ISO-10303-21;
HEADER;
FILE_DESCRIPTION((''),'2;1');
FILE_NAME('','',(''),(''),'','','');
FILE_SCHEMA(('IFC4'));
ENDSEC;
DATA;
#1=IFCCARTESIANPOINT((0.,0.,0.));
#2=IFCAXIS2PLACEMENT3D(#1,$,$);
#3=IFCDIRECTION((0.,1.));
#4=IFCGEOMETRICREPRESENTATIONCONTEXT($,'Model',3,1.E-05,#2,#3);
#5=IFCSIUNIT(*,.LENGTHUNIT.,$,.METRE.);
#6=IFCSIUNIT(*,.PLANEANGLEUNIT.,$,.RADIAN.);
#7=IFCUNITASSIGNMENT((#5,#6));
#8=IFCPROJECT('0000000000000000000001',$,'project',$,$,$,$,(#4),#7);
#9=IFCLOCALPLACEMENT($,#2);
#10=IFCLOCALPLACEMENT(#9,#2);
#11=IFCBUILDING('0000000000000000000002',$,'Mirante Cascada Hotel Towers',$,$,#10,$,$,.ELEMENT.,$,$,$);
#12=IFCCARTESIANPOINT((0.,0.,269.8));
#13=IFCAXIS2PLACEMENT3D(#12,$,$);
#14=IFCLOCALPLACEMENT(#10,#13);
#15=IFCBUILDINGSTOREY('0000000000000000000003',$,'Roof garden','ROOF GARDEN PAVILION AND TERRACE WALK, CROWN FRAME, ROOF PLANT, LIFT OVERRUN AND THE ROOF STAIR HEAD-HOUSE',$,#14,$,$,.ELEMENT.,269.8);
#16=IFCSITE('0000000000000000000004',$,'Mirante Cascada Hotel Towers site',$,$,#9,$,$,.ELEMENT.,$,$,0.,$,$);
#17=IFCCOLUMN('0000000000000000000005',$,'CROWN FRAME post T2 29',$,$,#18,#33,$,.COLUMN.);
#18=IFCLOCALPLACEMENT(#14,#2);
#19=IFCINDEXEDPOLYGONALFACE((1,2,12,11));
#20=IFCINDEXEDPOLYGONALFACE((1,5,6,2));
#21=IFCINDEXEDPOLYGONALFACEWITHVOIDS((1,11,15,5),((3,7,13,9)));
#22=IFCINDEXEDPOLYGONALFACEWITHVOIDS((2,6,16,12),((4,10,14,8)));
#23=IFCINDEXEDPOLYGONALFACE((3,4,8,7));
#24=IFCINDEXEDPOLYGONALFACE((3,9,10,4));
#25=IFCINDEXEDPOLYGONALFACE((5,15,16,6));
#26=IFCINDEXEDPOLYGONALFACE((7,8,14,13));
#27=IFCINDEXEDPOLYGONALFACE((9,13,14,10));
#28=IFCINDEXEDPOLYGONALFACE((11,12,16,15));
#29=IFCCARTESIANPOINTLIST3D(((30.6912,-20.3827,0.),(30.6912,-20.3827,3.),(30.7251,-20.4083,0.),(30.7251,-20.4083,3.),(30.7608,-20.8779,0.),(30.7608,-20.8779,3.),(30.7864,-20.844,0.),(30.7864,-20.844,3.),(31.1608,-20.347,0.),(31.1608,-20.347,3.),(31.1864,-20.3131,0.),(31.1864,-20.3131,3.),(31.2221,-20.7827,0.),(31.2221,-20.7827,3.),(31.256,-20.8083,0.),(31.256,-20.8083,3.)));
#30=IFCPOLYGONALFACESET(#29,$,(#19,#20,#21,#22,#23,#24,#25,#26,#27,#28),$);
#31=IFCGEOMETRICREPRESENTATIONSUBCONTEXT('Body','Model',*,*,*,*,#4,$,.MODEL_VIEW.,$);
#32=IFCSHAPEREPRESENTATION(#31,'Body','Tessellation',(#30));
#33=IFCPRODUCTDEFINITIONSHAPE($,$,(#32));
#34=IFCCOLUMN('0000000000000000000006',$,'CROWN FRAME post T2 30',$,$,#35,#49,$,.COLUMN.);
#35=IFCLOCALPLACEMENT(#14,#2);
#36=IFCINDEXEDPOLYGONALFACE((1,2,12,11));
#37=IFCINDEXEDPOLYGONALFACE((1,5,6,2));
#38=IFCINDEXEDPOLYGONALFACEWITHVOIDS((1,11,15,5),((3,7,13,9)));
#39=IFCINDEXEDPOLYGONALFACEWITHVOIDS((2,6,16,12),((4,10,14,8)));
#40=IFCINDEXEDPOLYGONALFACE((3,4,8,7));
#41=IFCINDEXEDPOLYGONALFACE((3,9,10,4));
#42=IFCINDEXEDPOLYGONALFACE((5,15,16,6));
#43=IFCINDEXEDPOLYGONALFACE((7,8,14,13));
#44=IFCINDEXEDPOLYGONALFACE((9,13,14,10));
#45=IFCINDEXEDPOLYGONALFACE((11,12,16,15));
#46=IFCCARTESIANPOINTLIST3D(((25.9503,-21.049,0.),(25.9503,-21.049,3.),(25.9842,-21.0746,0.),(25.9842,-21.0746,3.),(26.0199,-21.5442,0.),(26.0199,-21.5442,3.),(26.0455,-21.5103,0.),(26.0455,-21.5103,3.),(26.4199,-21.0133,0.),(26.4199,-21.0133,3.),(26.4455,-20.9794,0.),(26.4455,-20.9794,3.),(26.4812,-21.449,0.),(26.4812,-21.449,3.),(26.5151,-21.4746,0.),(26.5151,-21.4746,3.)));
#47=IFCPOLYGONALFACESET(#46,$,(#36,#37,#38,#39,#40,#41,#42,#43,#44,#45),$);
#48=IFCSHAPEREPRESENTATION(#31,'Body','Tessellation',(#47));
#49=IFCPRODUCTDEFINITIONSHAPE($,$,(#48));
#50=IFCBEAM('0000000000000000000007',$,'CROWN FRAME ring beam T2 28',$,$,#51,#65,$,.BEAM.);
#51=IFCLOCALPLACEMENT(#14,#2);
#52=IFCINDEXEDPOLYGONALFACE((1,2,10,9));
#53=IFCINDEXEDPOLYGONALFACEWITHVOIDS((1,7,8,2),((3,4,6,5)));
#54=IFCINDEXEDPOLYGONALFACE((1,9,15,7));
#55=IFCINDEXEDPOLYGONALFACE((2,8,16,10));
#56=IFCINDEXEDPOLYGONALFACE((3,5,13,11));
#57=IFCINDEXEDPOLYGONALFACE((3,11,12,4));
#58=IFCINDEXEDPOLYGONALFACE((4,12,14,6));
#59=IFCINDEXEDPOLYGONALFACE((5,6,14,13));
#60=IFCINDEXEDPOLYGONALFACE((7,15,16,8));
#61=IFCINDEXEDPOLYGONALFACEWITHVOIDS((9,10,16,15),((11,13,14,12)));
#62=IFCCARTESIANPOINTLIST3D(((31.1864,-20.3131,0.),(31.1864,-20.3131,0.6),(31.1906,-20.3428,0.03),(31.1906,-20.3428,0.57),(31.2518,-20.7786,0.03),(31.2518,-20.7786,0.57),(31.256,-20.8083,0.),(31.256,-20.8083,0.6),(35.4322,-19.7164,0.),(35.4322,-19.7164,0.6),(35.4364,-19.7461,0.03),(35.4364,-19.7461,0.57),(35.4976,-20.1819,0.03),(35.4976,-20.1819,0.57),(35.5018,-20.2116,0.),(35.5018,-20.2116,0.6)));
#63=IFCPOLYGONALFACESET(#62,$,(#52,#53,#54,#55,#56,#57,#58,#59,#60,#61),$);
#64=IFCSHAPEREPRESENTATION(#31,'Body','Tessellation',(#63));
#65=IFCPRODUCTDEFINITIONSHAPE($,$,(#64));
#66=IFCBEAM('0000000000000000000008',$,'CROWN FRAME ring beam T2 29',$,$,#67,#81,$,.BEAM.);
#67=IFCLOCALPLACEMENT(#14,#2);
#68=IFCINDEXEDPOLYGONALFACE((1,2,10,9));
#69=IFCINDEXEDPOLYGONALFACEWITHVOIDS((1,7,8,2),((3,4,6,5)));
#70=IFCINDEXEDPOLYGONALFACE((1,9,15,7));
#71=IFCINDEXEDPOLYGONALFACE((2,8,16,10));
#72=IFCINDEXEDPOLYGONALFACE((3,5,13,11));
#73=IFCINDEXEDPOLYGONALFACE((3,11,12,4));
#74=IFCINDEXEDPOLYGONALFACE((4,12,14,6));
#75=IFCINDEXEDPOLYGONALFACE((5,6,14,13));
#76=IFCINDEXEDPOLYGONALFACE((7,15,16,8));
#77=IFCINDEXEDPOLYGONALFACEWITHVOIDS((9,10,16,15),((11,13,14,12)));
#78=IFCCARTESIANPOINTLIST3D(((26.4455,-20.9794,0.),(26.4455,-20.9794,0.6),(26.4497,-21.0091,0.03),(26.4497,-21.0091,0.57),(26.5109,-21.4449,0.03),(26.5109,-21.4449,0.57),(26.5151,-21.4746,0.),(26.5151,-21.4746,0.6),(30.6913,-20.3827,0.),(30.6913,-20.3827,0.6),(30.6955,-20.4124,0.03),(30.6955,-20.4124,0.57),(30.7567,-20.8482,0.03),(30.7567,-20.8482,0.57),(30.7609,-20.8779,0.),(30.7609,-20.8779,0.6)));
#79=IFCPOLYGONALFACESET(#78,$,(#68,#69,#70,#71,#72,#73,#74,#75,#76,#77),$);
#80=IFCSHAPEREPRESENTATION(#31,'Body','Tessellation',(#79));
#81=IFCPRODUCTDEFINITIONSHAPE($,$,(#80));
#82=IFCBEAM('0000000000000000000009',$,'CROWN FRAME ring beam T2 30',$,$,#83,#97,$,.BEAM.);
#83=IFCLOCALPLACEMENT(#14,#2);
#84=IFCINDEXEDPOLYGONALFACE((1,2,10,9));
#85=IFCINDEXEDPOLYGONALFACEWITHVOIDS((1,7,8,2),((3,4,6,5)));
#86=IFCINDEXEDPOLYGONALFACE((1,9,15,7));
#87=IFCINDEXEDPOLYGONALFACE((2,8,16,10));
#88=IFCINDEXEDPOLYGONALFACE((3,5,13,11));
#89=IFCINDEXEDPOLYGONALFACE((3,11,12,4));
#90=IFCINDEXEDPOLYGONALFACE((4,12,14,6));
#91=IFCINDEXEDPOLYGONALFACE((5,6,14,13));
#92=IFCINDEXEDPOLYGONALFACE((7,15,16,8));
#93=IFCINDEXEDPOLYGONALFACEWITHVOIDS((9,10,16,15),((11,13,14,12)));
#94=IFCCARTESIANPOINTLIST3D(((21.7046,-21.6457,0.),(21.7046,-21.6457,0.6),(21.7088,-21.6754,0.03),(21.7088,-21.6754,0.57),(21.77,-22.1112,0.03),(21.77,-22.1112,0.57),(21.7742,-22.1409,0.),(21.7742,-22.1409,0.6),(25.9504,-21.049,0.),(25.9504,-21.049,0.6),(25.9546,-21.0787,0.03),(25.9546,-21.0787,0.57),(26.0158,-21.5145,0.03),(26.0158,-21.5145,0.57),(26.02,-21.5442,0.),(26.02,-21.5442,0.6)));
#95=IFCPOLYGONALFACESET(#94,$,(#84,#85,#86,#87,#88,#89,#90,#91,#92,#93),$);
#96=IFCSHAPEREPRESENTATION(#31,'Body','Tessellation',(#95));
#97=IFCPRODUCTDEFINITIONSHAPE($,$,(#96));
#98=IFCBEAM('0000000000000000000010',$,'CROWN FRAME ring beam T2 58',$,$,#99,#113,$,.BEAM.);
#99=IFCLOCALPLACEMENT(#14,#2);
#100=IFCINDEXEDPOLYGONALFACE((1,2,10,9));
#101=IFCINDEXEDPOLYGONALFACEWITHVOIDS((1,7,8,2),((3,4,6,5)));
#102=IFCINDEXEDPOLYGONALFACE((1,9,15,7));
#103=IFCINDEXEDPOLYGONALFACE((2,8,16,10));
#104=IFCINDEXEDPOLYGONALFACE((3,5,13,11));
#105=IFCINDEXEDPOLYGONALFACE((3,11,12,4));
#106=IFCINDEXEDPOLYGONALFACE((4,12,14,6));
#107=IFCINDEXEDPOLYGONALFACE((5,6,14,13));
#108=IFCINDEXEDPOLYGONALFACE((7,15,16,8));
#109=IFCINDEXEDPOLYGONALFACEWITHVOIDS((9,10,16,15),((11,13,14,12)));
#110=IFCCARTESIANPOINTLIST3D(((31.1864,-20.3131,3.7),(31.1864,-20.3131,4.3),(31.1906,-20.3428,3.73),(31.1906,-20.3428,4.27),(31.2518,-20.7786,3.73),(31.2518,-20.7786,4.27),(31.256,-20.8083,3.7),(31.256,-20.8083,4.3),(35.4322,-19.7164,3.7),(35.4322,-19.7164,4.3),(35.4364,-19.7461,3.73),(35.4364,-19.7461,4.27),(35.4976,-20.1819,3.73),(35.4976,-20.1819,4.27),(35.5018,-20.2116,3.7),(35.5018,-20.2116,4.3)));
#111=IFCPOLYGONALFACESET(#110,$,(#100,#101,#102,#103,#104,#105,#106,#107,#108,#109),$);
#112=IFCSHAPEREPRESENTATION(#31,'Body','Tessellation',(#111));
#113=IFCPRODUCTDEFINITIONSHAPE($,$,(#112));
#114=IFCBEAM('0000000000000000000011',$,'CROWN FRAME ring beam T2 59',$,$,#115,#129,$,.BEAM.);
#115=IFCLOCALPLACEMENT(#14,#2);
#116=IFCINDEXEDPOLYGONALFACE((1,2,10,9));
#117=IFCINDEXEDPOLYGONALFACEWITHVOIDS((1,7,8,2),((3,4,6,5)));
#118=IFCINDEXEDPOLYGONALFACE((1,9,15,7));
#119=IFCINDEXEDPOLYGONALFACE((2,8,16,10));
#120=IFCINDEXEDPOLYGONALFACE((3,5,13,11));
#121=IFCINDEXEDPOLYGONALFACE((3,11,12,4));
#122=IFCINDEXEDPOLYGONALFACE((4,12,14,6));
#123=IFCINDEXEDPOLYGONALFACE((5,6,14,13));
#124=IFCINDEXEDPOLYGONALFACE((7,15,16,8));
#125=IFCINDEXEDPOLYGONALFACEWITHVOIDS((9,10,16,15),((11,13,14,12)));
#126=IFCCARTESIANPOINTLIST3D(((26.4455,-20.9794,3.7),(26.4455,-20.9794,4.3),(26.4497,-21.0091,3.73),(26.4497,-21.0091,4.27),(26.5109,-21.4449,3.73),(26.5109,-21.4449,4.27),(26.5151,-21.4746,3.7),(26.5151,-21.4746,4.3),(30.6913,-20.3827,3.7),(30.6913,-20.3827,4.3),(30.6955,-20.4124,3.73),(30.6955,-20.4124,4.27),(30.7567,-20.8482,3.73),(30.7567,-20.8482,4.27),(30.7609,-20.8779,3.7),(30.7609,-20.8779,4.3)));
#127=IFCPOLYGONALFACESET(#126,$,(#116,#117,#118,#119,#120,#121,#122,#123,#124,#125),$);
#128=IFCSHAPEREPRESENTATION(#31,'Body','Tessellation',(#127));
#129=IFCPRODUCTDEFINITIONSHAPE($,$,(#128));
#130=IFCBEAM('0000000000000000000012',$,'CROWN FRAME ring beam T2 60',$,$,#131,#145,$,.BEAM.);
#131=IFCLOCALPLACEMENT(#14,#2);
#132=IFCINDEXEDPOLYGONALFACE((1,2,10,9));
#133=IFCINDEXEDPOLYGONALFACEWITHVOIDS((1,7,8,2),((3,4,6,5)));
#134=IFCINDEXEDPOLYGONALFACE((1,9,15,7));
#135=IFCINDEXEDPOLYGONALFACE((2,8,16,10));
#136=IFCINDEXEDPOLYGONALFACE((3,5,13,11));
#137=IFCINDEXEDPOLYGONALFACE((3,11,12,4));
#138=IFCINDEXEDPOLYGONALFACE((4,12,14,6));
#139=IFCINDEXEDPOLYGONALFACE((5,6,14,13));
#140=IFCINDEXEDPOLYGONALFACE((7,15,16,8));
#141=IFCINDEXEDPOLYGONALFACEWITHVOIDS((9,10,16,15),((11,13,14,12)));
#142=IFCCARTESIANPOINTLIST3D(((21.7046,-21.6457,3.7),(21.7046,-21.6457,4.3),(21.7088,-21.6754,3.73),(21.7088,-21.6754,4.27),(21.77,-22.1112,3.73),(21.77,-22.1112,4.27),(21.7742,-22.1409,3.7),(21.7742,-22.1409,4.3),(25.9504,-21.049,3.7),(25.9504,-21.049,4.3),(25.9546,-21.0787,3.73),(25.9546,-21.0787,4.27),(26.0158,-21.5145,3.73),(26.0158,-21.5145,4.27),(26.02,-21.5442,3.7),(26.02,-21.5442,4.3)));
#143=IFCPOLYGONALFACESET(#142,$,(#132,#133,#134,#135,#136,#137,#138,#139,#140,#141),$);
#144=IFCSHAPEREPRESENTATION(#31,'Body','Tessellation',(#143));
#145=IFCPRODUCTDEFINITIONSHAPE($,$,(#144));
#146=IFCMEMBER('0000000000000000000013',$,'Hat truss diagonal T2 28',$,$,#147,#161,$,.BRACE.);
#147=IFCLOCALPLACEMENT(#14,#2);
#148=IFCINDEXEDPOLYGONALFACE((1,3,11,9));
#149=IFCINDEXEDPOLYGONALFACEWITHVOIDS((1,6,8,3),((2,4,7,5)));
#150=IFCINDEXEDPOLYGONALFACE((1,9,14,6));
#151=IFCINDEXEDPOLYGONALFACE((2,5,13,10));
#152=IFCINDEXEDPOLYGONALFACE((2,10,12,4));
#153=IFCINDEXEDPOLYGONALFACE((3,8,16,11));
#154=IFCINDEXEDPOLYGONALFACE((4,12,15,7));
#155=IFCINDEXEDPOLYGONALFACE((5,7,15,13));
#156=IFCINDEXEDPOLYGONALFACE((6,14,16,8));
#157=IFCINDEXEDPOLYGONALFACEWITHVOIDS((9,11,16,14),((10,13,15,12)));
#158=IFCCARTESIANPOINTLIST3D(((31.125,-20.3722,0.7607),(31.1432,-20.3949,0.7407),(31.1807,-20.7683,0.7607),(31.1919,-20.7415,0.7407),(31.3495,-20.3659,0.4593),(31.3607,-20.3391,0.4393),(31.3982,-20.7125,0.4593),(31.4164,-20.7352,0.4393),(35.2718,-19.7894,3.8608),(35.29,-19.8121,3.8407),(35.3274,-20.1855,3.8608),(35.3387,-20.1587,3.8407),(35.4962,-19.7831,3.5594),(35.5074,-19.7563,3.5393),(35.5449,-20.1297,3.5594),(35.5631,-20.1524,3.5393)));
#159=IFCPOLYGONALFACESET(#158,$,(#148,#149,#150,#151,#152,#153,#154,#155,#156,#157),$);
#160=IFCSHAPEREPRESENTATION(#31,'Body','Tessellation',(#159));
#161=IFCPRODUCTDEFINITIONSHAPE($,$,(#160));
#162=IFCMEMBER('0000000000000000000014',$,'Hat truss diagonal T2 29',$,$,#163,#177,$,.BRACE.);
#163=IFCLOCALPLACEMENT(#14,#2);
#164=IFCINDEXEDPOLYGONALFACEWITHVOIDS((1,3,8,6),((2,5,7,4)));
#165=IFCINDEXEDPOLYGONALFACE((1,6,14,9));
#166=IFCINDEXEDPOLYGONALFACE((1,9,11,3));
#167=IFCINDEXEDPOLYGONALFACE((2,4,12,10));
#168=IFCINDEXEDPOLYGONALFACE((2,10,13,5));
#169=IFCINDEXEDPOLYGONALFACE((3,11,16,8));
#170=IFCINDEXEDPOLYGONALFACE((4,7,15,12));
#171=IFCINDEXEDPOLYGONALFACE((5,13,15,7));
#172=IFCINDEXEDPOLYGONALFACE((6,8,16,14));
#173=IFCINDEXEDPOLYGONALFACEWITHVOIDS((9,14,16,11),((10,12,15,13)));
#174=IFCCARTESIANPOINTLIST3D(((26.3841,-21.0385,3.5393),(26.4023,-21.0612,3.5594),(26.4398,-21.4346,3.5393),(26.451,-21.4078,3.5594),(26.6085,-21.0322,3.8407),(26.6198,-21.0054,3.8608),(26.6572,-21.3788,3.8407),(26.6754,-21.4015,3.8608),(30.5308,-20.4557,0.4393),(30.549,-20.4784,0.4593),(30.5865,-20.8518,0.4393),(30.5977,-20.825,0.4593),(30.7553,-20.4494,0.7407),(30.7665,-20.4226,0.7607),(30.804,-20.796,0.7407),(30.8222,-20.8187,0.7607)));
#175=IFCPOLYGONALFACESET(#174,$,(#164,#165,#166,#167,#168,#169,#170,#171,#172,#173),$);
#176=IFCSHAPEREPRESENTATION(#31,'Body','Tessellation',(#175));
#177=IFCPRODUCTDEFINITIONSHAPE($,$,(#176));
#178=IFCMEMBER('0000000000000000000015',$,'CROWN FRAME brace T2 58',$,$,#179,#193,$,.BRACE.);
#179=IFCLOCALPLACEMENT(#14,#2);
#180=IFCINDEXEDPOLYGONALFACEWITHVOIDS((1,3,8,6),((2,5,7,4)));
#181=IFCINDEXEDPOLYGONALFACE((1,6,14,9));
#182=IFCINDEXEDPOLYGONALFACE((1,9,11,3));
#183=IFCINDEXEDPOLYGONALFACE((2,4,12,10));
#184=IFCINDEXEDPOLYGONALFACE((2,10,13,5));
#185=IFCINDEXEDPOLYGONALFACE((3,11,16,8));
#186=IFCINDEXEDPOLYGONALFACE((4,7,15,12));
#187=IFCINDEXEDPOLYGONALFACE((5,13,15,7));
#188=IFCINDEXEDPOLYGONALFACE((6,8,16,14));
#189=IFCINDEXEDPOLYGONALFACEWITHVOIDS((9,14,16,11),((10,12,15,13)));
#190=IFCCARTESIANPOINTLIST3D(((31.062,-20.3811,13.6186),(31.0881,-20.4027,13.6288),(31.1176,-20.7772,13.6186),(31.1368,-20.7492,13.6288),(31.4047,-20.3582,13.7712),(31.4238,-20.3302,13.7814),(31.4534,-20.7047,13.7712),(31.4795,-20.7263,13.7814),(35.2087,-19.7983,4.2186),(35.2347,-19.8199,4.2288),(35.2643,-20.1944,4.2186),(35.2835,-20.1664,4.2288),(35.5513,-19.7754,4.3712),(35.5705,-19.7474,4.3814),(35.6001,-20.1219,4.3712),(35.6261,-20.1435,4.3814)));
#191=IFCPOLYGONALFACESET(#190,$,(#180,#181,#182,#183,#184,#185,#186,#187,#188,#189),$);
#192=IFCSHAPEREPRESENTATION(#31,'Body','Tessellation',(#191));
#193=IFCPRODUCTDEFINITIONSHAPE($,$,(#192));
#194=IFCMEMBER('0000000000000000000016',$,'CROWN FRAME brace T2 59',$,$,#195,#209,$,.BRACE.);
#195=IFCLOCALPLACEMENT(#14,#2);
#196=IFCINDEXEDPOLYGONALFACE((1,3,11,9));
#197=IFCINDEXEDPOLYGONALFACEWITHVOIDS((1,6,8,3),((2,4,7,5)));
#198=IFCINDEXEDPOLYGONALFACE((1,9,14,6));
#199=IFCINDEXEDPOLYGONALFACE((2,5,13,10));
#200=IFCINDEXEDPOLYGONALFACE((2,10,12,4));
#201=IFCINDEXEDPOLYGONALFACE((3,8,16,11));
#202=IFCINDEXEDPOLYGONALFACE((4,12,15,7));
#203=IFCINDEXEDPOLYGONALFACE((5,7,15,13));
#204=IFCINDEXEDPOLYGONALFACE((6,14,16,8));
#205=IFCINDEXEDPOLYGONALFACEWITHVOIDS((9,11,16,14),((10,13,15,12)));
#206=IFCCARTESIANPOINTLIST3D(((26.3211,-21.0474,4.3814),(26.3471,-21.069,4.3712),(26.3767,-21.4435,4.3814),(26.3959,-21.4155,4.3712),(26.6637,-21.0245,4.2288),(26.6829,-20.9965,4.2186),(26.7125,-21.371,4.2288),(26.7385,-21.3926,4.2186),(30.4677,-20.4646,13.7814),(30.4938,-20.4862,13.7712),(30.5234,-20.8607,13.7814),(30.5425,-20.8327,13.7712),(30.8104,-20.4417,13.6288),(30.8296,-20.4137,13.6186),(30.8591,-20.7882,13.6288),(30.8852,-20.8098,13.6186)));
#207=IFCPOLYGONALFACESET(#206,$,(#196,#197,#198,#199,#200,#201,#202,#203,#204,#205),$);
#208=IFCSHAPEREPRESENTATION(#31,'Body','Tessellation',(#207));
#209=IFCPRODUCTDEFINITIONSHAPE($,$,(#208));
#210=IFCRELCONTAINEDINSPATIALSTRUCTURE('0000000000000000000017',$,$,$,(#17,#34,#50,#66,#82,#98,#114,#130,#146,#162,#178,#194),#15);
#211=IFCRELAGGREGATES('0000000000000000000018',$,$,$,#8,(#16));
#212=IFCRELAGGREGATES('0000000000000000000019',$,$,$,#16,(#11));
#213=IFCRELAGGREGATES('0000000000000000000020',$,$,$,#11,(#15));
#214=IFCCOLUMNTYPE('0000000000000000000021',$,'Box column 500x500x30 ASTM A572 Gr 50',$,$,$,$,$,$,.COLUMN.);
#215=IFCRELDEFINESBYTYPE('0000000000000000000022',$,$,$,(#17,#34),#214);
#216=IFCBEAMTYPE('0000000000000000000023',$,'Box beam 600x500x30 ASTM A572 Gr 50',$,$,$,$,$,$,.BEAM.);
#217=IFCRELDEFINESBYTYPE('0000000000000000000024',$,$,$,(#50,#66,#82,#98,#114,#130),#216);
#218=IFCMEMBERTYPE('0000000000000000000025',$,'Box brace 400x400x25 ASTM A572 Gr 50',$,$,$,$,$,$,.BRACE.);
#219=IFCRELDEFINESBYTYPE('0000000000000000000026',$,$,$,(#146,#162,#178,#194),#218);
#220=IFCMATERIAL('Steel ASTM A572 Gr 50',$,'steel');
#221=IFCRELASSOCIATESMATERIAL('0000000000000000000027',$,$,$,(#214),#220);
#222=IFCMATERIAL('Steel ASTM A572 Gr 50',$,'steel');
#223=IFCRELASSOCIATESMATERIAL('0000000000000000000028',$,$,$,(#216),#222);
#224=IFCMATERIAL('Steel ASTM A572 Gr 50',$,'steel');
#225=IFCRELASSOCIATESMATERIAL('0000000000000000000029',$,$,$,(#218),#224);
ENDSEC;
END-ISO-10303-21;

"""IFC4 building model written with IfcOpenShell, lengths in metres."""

from ifc_helpers import new_model, si_unit, direction, frame, origin, origin_2d, place, context, subcontext, project, spatial, hollow_rectangle, extrude, material, material_profile, profile_set, type_object, element, save


model = new_model("IFC4")

# Units and contexts
model_context = context("Model", 3, precision=1e-05, world=origin(), true_north=direction((0.0, 1.0)))
body_context = subcontext(model_context, "Body", "Model", "MODEL_VIEW")
ifc_project = project(units=[si_unit("LENGTHUNIT", "METRE"), si_unit("PLANEANGLEUNIT", "RADIAN")], contexts=[model_context])

# Site, building, storey
site_placement = place(None, origin())
site = spatial("IfcSite", under=ifc_project, at=site_placement, Name="Mirante Cascada Hotel Towers site", CompositionType="ELEMENT", RefElevation=0.0)
building_placement = place(site_placement, origin())
building = spatial("IfcBuilding", under=site, at=building_placement, Name="Mirante Cascada Hotel Towers", CompositionType="ELEMENT")
storey_placement = place(building_placement, frame((0.0, 0.0, 269.8)))
storey = spatial("IfcBuildingStorey", under=building, at=storey_placement, Name="Roof garden", Description="ROOF GARDEN PAVILION AND TERRACE WALK, CROWN FRAME, ROOF PLANT, LIFT OVERRUN AND THE ROOF STAIR HEAD-HOUSE", CompositionType="ELEMENT", Elevation=269.8)

# Columns
ifc_material_1 = material(Name="Steel ASTM A572 Gr 50", Category="steel")
ifc_material_profile_1 = material_profile(ifc_material_1, hollow_rectangle(XDim=0.5, YDim=0.5, WallThickness=0.03, at=origin_2d()), Name="Box column 500x500x30 ASTM A572 Gr 50")
ifc_profile_set_1 = profile_set([ifc_material_profile_1], Name="Steel ASTM A572 Gr 50")
column_type = type_object("IfcColumnType", Name="Box column 500x500x30 ASTM A572 Gr 50", PredefinedType="COLUMN", material=ifc_profile_set_1)
for number, where, z_axis, x_axis, name in (
    (1, (30.9736, -20.5955, 0.0), (0.0, 0.0, 1.0), (0.990268, 0.139173, 0.0), "CROWN FRAME post T2 29"),
    (2, (26.2327, -21.2618, 0.0), (0.0, 0.0, 1.0), (0.990268, 0.139173, 0.0), "CROWN FRAME post T2 30"),
):
    element("IfcColumn", number, at=place(storey_placement, frame(where, z_axis=z_axis, x_axis=x_axis)), inside=storey, type_object=column_type, Name=name, PredefinedType="COLUMN", context=body_context, shape_type="SweptSolid", body=[
        extrude(hollow_rectangle(XDim=0.5, YDim=0.5, WallThickness=0.03, at=origin_2d()), origin(), (0.0, 0.0, 1.0), 3.0),
    ])

# Beams
ifc_material_2 = material(Name="Steel ASTM A572 Gr 50", Category="steel")
ifc_material_profile_2 = material_profile(ifc_material_2, hollow_rectangle(XDim=0.5, YDim=0.6, WallThickness=0.03, at=origin_2d()), Name="Box beam 600x500x30 ASTM A572 Gr 50")
ifc_profile_set_2 = profile_set([ifc_material_profile_2], Name="Steel ASTM A572 Gr 50")
beam_type = type_object("IfcBeamType", Name="Box beam 600x500x30 ASTM A572 Gr 50", PredefinedType="BEAM", material=ifc_profile_set_2)
for number, where, z_axis, x_axis, name in (
    (3, (35.467, -19.964, 0.3), (-0.990268, -0.139171, 0.0), (0.139171, -0.990268, 0.0), "CROWN FRAME ring beam T2 28"),
    (4, (30.7261, -20.6303, 0.3), (-0.990268, -0.139171, 0.0), (0.139171, -0.990268, 0.0), "CROWN FRAME ring beam T2 29"),
    (5, (25.9852, -21.2966, 0.3), (-0.990268, -0.139171, 0.0), (0.139171, -0.990268, 0.0), "CROWN FRAME ring beam T2 30"),
    (6, (35.467, -19.964, 4.0), (-0.990268, -0.139171, 0.0), (0.139171, -0.990268, 0.0), "CROWN FRAME ring beam T2 58"),
    (7, (30.7261, -20.6303, 4.0), (-0.990268, -0.139171, 0.0), (0.139171, -0.990268, 0.0), "CROWN FRAME ring beam T2 59"),
    (8, (25.9852, -21.2966, 4.0), (-0.990268, -0.139171, 0.0), (0.139171, -0.990268, 0.0), "CROWN FRAME ring beam T2 60"),
):
    element("IfcBeam", number, at=place(storey_placement, frame(where, z_axis=z_axis, x_axis=x_axis)), inside=storey, type_object=beam_type, Name=name, PredefinedType="BEAM", context=body_context, shape_type="SweptSolid", body=[
        extrude(hollow_rectangle(XDim=0.5, YDim=0.6, WallThickness=0.03, at=origin_2d()), origin(), (0.0, 0.0, 1.0), 4.2875),
    ])

# Members
ifc_material_3 = material(Name="Steel ASTM A572 Gr 50", Category="steel")
ifc_material_profile_3 = material_profile(ifc_material_3, hollow_rectangle(XDim=0.4, YDim=0.4, WallThickness=0.025, at=origin_2d()), Name="Box brace 400x400x25 ASTM A572 Gr 50")
ifc_profile_set_3 = profile_set([ifc_material_profile_3], Name="Steel ASTM A572 Gr 50")
member_type = type_object("IfcMemberType", Name="Box brace 400x400x25 ASTM A572 Gr 50", PredefinedType="BRACE", material=ifc_profile_set_3)
for number, where, z_axis, x_axis, name in (
    (9, (31.2707, -20.5537, 0.6), (0.795902, 0.11186, 0.595002), (-0.139178, 0.990267, 0.0), "Hat truss diagonal T2 28"),
    (10, (30.6765, -20.6372, 0.6), (-0.795902, -0.11186, 0.595002), (0.139178, -0.990267, 0.0), "Hat truss diagonal T2 29"),
):
    element("IfcMember", number, at=place(storey_placement, frame(where, z_axis=z_axis, x_axis=x_axis)), inside=storey, type_object=member_type, Name=name, PredefinedType="BRACE", context=body_context, shape_type="SweptSolid", body=[
        extrude(hollow_rectangle(XDim=0.4, YDim=0.4, WallThickness=0.025, at=origin_2d()), origin(), (0.0, 0.0, 1.0), 5.2101),
    ])
for number, where, z_axis, x_axis, name in (
    (11, (35.4174, -19.9709, 4.3), (-0.402963, -0.056635, 0.913462), (0.139178, -0.990267, 0.0), "CROWN FRAME brace T2 58"),
    (12, (26.5298, -21.22, 4.3), (0.402963, 0.056635, 0.913462), (-0.139178, 0.990267, 0.0), "CROWN FRAME brace T2 59"),
):
    element("IfcMember", number, at=place(storey_placement, frame(where, z_axis=z_axis, x_axis=x_axis)), inside=storey, type_object=member_type, Name=name, PredefinedType="BRACE", context=body_context, shape_type="SweptSolid", body=[
        extrude(hollow_rectangle(XDim=0.4, YDim=0.4, WallThickness=0.025, at=origin_2d()), origin(), (0.0, 0.0, 1.0), 10.2905),
    ])

save(model, "model.ifc")
